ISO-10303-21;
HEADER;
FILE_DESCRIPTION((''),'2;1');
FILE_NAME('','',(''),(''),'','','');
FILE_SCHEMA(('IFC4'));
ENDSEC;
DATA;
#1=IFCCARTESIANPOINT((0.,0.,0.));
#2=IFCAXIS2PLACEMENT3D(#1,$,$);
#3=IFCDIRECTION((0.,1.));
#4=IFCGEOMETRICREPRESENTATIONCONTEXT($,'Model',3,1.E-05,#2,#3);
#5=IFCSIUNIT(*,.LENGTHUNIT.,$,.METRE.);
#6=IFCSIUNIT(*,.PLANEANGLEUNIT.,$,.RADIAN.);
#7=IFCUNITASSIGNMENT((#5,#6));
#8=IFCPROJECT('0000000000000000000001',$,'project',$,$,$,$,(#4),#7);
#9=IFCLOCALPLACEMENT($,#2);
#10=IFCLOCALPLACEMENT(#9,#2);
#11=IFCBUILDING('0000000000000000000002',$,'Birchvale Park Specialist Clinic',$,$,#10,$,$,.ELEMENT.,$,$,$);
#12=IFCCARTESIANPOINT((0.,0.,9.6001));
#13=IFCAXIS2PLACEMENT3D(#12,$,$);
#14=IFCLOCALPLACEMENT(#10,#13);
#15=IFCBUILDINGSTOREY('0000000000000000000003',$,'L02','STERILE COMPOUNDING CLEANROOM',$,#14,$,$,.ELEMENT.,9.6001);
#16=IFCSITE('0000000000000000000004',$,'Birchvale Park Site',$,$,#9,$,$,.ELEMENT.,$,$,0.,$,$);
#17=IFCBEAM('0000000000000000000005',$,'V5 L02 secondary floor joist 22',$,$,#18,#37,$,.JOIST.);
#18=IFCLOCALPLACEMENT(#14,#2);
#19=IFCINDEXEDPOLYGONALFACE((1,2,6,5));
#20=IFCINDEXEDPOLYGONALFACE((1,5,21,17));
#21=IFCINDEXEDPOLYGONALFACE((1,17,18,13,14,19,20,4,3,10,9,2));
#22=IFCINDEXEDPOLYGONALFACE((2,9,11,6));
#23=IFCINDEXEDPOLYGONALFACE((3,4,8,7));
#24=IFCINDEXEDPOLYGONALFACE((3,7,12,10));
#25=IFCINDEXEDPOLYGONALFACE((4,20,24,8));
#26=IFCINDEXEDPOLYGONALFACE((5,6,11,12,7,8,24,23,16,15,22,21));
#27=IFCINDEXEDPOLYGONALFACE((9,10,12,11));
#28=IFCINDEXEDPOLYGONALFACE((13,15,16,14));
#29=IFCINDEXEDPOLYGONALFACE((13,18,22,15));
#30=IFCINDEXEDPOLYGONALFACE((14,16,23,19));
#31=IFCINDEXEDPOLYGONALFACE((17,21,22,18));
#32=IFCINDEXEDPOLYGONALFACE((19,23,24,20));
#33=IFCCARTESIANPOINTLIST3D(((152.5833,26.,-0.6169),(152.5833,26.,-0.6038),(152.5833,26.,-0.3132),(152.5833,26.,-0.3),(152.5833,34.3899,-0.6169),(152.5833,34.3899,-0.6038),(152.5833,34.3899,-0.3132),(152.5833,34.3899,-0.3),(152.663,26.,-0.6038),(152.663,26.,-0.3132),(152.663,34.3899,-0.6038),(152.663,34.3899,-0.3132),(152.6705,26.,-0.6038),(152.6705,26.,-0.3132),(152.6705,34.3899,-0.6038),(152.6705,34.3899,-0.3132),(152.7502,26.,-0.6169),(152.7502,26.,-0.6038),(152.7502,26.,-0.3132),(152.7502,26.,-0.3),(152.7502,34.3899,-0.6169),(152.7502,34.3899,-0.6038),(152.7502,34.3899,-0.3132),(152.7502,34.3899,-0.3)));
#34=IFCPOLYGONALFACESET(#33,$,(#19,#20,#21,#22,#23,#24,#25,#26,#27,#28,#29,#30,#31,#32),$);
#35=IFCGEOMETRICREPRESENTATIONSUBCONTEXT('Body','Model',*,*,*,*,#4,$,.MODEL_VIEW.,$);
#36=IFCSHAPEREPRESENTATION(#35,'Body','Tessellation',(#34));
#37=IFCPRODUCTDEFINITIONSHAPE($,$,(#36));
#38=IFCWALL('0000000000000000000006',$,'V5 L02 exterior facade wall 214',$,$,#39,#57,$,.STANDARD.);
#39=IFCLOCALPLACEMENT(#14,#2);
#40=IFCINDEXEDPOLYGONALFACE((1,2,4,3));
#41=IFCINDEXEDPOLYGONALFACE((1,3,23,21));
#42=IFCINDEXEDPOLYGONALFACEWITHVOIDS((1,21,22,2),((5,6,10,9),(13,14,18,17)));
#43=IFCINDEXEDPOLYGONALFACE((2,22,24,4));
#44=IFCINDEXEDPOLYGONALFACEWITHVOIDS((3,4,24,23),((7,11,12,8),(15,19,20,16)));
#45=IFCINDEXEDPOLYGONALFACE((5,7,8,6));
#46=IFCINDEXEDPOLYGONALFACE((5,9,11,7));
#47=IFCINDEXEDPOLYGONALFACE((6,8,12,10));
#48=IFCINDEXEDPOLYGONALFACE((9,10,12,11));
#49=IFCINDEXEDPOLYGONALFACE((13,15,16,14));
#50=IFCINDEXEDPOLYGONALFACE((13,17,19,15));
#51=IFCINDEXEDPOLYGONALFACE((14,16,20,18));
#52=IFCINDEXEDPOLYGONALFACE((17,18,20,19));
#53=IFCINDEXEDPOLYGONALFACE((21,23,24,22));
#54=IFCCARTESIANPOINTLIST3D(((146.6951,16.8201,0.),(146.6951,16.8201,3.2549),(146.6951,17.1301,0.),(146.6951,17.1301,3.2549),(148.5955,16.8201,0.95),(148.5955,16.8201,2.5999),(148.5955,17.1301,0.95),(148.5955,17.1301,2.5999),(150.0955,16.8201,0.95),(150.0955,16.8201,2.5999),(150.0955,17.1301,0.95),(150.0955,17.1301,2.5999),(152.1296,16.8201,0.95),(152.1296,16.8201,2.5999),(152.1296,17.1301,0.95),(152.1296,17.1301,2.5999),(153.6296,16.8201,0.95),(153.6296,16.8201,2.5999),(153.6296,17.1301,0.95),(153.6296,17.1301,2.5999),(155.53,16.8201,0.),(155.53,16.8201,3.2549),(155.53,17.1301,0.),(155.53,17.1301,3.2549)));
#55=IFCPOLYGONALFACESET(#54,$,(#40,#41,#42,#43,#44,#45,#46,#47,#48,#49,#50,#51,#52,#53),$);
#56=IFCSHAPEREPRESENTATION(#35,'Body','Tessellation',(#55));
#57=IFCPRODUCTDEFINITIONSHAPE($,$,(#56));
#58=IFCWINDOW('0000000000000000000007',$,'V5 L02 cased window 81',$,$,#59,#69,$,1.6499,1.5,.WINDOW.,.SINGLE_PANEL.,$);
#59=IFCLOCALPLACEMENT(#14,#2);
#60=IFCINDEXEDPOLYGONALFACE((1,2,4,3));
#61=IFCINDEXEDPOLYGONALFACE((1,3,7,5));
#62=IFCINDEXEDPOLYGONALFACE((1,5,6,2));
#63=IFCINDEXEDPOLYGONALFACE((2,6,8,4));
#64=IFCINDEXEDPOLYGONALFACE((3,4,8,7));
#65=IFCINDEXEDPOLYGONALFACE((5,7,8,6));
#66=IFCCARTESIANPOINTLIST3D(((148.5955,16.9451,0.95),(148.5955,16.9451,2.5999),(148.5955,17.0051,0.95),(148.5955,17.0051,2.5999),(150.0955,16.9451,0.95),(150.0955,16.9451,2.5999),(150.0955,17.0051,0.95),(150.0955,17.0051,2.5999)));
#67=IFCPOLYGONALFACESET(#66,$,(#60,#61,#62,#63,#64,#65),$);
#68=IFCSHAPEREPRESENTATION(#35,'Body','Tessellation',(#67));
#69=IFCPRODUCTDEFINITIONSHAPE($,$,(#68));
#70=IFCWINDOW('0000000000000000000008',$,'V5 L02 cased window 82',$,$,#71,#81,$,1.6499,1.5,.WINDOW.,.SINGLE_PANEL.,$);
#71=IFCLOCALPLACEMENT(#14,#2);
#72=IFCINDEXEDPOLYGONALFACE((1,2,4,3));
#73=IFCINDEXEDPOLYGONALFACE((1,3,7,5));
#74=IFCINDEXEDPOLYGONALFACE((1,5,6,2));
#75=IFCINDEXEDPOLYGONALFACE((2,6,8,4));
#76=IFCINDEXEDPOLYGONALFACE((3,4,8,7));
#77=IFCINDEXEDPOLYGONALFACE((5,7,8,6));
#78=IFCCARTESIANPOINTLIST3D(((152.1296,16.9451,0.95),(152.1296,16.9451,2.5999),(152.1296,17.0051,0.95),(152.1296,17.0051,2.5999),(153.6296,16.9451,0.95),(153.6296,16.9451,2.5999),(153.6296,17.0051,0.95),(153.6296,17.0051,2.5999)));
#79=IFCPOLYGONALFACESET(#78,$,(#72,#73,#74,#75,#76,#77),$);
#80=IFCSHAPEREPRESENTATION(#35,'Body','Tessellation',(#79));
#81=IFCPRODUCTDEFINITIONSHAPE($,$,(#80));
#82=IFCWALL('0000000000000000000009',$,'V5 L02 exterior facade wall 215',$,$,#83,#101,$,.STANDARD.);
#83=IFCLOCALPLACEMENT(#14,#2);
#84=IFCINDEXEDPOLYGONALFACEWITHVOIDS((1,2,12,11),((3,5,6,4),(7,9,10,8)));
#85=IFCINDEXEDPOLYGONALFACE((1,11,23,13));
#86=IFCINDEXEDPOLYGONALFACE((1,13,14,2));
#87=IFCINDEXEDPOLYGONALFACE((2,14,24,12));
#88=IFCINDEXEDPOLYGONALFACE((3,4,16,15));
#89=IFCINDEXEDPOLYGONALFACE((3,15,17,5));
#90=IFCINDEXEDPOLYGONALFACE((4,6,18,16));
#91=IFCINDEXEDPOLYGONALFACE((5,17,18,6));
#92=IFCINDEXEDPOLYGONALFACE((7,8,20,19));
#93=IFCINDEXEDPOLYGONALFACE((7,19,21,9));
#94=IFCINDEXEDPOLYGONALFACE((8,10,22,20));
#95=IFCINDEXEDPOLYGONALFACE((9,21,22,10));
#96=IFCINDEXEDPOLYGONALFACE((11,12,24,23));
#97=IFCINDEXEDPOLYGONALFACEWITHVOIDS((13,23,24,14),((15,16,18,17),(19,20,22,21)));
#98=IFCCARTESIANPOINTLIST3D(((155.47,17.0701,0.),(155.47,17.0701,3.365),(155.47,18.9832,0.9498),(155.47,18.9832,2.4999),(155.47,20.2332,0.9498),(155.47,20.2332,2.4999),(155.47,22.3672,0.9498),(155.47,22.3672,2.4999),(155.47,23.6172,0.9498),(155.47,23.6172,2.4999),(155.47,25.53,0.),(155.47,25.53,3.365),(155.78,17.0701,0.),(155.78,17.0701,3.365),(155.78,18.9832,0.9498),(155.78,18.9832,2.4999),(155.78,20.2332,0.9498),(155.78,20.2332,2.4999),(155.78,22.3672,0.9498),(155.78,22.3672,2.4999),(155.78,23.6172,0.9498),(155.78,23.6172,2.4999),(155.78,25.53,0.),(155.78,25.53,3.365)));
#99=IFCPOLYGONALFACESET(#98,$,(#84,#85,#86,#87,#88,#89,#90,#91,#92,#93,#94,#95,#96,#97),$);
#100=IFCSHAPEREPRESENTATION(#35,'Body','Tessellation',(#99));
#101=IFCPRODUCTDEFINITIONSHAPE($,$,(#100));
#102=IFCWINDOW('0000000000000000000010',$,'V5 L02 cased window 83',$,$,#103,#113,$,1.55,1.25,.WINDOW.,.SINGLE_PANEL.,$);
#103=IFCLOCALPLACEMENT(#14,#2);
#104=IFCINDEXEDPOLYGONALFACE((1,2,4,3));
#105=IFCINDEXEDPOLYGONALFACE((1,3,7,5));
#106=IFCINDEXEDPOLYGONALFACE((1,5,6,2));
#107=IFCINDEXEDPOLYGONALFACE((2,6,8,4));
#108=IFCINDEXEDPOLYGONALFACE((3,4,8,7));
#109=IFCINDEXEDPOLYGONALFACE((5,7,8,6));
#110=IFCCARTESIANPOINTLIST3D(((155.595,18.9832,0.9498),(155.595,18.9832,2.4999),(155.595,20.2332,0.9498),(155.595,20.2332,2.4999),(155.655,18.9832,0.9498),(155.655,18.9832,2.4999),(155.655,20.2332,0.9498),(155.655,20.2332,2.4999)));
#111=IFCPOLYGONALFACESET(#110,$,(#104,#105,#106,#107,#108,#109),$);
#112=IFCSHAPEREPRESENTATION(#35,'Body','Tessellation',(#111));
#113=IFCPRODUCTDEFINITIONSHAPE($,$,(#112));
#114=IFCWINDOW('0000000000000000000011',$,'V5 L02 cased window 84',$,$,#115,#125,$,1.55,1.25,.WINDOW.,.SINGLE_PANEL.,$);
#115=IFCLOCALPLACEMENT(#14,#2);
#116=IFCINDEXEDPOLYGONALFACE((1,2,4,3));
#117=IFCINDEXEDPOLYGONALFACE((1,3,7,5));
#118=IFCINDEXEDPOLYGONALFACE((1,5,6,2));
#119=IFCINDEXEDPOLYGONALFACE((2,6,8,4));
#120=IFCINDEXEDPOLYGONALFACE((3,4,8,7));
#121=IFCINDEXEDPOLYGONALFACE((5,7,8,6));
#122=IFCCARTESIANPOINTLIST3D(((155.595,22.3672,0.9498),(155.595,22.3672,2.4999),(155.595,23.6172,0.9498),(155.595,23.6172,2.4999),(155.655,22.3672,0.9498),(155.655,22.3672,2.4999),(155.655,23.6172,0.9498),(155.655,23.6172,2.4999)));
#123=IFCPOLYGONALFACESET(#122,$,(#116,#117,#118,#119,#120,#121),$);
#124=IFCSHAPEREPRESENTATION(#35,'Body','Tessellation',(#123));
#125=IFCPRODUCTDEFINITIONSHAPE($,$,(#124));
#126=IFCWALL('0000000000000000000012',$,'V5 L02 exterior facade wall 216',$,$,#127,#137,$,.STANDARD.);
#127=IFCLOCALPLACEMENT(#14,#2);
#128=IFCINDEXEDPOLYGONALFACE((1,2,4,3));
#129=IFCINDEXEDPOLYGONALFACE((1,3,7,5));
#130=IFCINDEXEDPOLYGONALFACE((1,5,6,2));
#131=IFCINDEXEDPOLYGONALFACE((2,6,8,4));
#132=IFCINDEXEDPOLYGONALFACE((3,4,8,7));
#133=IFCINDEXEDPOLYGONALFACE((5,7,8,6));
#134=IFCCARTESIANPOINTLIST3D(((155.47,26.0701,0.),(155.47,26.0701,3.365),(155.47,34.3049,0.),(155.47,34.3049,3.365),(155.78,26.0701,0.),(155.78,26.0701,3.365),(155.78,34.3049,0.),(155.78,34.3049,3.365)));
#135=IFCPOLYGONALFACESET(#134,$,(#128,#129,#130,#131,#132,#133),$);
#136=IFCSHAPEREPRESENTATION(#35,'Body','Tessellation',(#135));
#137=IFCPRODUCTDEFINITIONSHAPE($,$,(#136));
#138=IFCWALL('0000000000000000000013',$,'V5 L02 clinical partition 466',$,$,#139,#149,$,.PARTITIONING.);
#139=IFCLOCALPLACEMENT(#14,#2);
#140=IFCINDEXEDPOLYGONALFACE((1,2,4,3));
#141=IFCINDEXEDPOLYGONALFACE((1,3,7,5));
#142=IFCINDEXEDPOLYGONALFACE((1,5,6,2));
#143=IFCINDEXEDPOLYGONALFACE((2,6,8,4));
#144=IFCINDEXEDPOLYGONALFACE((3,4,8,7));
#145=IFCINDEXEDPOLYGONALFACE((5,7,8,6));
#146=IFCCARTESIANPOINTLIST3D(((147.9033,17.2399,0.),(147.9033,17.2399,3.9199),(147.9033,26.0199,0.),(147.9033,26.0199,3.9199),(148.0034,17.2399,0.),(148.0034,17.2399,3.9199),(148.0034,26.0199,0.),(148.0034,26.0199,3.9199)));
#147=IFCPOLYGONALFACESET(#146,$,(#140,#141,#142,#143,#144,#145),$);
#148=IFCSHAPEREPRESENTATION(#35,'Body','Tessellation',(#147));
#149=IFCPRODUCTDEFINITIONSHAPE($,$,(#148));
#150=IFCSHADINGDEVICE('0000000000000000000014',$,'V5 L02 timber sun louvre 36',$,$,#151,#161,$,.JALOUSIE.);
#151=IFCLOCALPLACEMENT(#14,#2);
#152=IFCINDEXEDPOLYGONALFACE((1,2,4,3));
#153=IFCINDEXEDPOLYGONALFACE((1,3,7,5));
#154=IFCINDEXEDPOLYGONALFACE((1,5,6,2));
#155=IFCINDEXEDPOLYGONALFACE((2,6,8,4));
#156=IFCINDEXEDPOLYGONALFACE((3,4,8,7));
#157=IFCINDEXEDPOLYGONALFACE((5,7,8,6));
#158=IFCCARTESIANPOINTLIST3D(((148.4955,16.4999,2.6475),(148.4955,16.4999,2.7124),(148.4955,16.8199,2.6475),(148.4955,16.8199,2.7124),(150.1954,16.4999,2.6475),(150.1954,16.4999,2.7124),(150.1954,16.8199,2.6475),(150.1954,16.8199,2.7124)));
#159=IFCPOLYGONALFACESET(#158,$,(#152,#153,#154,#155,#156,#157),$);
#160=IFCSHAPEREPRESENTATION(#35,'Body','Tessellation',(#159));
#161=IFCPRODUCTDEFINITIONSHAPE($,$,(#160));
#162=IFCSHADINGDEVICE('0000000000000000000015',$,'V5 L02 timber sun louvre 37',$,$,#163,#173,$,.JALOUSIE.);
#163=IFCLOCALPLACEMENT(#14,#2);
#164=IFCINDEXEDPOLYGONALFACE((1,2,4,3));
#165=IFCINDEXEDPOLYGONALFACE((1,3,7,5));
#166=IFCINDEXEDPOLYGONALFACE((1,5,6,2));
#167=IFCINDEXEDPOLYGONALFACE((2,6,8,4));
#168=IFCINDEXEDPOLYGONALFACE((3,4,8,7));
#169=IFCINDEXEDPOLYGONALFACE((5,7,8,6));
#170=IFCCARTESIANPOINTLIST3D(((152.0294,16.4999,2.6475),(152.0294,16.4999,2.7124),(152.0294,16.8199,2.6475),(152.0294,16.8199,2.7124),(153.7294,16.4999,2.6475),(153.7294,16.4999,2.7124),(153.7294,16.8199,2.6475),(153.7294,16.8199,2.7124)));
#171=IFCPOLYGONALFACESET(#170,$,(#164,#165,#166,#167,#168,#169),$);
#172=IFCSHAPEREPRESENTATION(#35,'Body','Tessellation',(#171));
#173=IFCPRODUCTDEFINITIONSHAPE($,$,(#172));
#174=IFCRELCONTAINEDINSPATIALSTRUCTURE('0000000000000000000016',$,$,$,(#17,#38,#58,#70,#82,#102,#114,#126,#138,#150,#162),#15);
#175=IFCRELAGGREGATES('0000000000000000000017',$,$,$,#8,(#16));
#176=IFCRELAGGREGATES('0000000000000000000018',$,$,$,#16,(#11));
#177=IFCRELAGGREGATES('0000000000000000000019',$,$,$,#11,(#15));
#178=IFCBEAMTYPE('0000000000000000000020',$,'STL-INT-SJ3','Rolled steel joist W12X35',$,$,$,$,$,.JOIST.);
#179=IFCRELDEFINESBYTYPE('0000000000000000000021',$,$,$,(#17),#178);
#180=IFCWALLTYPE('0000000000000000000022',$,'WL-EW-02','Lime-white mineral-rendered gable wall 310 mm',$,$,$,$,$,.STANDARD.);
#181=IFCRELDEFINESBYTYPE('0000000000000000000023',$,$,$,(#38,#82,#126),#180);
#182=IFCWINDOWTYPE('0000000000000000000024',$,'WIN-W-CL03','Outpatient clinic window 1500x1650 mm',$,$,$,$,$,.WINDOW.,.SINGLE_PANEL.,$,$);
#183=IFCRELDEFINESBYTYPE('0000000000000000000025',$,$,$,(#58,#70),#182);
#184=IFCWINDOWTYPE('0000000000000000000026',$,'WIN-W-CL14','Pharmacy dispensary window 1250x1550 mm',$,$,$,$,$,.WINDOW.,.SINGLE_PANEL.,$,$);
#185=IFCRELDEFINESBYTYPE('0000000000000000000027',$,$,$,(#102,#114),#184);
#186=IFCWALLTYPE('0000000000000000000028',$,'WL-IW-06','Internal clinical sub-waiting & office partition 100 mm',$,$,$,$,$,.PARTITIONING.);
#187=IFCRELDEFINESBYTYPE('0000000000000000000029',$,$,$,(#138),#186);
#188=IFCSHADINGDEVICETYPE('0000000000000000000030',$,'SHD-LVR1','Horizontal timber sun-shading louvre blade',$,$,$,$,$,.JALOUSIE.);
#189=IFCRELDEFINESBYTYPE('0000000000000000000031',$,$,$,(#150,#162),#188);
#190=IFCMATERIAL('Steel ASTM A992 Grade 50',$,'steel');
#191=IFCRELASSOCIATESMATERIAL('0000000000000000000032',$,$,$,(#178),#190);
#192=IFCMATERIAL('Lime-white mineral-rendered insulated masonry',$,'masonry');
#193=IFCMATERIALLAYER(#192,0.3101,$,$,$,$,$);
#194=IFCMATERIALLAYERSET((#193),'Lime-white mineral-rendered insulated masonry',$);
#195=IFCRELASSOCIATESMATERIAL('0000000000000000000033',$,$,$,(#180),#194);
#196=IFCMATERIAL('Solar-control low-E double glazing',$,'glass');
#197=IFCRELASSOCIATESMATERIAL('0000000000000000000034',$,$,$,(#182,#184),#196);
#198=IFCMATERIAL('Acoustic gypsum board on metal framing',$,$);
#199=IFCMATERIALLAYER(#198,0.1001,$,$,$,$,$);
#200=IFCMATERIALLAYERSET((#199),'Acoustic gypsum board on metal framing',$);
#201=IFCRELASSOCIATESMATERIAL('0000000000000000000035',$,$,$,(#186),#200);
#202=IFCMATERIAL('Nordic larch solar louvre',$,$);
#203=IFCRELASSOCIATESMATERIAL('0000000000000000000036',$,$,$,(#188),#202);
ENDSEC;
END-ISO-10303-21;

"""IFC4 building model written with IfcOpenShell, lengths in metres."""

from ifc_helpers import new_model, si_unit, direction, frame, frame_2d, origin, origin_2d, place, context, subcontext, project, spatial, rectangle, i_section, extrude, material, layer, layer_set, material_profile, profile_set, type_object, element, fill, save


model = new_model("IFC4")

# Units and contexts
model_context = context("Model", 3, precision=1e-05, world=origin(), true_north=direction((0.0, 1.0)))
body_context = subcontext(model_context, "Body", "Model", "MODEL_VIEW")
ifc_project = project(units=[si_unit("LENGTHUNIT", "METRE"), si_unit("PLANEANGLEUNIT", "RADIAN")], contexts=[model_context])

# Site, building, storey
site_placement = place(None, origin())
site = spatial("IfcSite", under=ifc_project, at=site_placement, Name="Birchvale Park Site", CompositionType="ELEMENT", RefElevation=0.0)
building_placement = place(site_placement, origin())
building = spatial("IfcBuilding", under=site, at=building_placement, Name="Birchvale Park Specialist Clinic", CompositionType="ELEMENT")
storey_placement = place(building_placement, frame((0.0, 0.0, 9.6001)))
storey = spatial("IfcBuildingStorey", under=building, at=storey_placement, Name="L02", Description="STERILE COMPOUNDING CLEANROOM", CompositionType="ELEMENT", Elevation=9.6001)

# Beam
ifc_material_1 = material(Name="Steel ASTM A992 Grade 50", Category="steel")
ifc_material_profile_1 = material_profile(ifc_material_1, i_section(OverallWidth=0.167, OverallDepth=0.3169, WebThickness=0.0076, FlangeThickness=0.0132, at=origin_2d()), Name="W12X35")
ifc_profile_set_1 = profile_set([ifc_material_profile_1], Name="Steel ASTM A992 Grade 50")
beam_type_1 = type_object("IfcBeamType", Name="STL-INT-SJ3", Description="Rolled steel joist W12X35", PredefinedType="JOIST", material=ifc_profile_set_1)
beam_1_placement = place(storey_placement, frame((152.6667, 26.0, -0.4585), z_axis=(0.0, 1.0, 0.0), x_axis=(-1.0, 0.0, 0.0)))
element("IfcBeam", 1, at=beam_1_placement, inside=storey, type_object=beam_type_1, Name="V5 L02 secondary floor joist 22", PredefinedType="JOIST", context=body_context, shape_type="SweptSolid", body=[
    extrude(i_section(OverallWidth=0.167, OverallDepth=0.3169, WebThickness=0.0076, FlangeThickness=0.0132, at=origin_2d()), origin(), (0.0, 0.0, 1.0), 8.3899),
])

# Walls, openings, windows
ifc_material_2 = material(Name="Lime-white mineral-rendered insulated masonry", Category="masonry")
ifc_layer_1 = layer(ifc_material_2, 0.3101)
ifc_layer_set_1 = layer_set([ifc_layer_1], Name="Lime-white mineral-rendered insulated masonry")
wall_type_1 = type_object("IfcWallType", Name="WL-EW-02", Description="Lime-white mineral-rendered gable wall 310 mm", PredefinedType="STANDARD", material=ifc_layer_set_1)
wall_1_placement = place(storey_placement, frame((146.6951, 16.9751, 0.0), z_axis=(0.0, 0.0, 1.0), x_axis=(1.0, 0.0, 0.0)))
wall_1 = element("IfcWall", 2, at=wall_1_placement, inside=storey, type_object=wall_type_1, Name="V5 L02 exterior facade wall 214", PredefinedType="STANDARD", context=body_context, shape_type="SweptSolid", body=[
    extrude(rectangle(XDim=8.835, YDim=0.3101, at=frame_2d((4.4175, 0.0))), origin(), (0.0, 0.0, 1.0), 3.2549),
])
opening_1_placement = place(wall_1_placement, frame((1.9004, 0.0, 0.95)))
opening_1 = element("IfcOpeningElement", 3, at=opening_1_placement, cuts=wall_1, PredefinedType="OPENING", context=body_context, shape_type="SweptSolid", body=[
    extrude(rectangle(XDim=1.5, YDim=1.6499, at=frame_2d((0.75, 0.825))), frame((0.0, 0.165, 0.0), z_axis=(0.0, -1.0, 0.0), x_axis=(1.0, 0.0, 0.0)), (0.0, 0.0, 1.0), 0.3301),
])
opening_2_placement = place(wall_1_placement, frame((5.4346, 0.0, 0.95)))
opening_2 = element("IfcOpeningElement", 4, at=opening_2_placement, cuts=wall_1, PredefinedType="OPENING", context=body_context, shape_type="SweptSolid", body=[
    extrude(rectangle(XDim=1.5, YDim=1.6499, at=frame_2d((0.75, 0.825))), frame((0.0, 0.165, 0.0), z_axis=(0.0, -1.0, 0.0), x_axis=(1.0, 0.0, 0.0)), (0.0, 0.0, 1.0), 0.3301),
])
ifc_material_3 = material(Name="Solar-control low-E double glazing", Category="glass")
window_type_1 = type_object("IfcWindowType", Name="WIN-W-CL03", Description="Outpatient clinic window 1500x1650 mm", PartitioningType="SINGLE_PANEL", PredefinedType="WINDOW", material=ifc_material_3)
window_1_placement = place(opening_1_placement, origin())
window_1 = element("IfcWindow", 5, at=window_1_placement, inside=storey, type_object=window_type_1, Name="V5 L02 cased window 81", OverallHeight=1.6499, OverallWidth=1.5, PartitioningType="SINGLE_PANEL", PredefinedType="WINDOW", context=body_context, shape_type="SweptSolid", body=[
    extrude(rectangle(XDim=1.5, YDim=1.6499, at=frame_2d((0.75, 0.825))), frame((0.0, 0.03, 0.0), z_axis=(0.0, -1.0, 0.0), x_axis=(1.0, 0.0, 0.0)), (0.0, 0.0, 1.0), 0.0601),
])
fill(opening_1, window_1)
window_2_placement = place(opening_2_placement, origin())
window_2 = element("IfcWindow", 6, at=window_2_placement, inside=storey, type_object=window_type_1, Name="V5 L02 cased window 82", OverallHeight=1.6499, OverallWidth=1.5, PartitioningType="SINGLE_PANEL", PredefinedType="WINDOW", context=body_context, shape_type="SweptSolid", body=[
    extrude(rectangle(XDim=1.5, YDim=1.6499, at=frame_2d((0.75, 0.825))), frame((0.0, 0.03, 0.0), z_axis=(0.0, -1.0, 0.0), x_axis=(1.0, 0.0, 0.0)), (0.0, 0.0, 1.0), 0.0601),
])
fill(opening_2, window_2)
wall_2_placement = place(storey_placement, frame((155.625, 17.0701, 0.0), z_axis=(0.0, 0.0, 1.0), x_axis=(0.0, 1.0, 0.0)))
wall_2 = element("IfcWall", 7, at=wall_2_placement, inside=storey, type_object=wall_type_1, Name="V5 L02 exterior facade wall 215", PredefinedType="STANDARD", context=body_context, shape_type="SweptSolid", body=[
    extrude(rectangle(XDim=8.46, YDim=0.3101, at=frame_2d((4.23, 0.0))), origin(), (0.0, 0.0, 1.0), 3.365),
])
opening_3_placement = place(wall_2_placement, frame((1.9131, 0.0, 0.95)))
opening_3 = element("IfcOpeningElement", 8, at=opening_3_placement, cuts=wall_2, PredefinedType="OPENING", context=body_context, shape_type="SweptSolid", body=[
    extrude(rectangle(XDim=1.25, YDim=1.55, at=frame_2d((0.625, 0.7749))), frame((0.0, 0.165, 0.0), z_axis=(0.0, -1.0, 0.0), x_axis=(1.0, 0.0, 0.0)), (0.0, 0.0, 1.0), 0.3301),
])
opening_4_placement = place(wall_2_placement, frame((5.2971, 0.0, 0.95)))
opening_4 = element("IfcOpeningElement", 9, at=opening_4_placement, cuts=wall_2, PredefinedType="OPENING", context=body_context, shape_type="SweptSolid", body=[
    extrude(rectangle(XDim=1.25, YDim=1.55, at=frame_2d((0.625, 0.7749))), frame((0.0, 0.165, 0.0), z_axis=(0.0, -1.0, 0.0), x_axis=(1.0, 0.0, 0.0)), (0.0, 0.0, 1.0), 0.3301),
])
window_type_2 = type_object("IfcWindowType", Name="WIN-W-CL14", Description="Pharmacy dispensary window 1250x1550 mm", PartitioningType="SINGLE_PANEL", PredefinedType="WINDOW", material=ifc_material_3)
window_3_placement = place(opening_3_placement, origin())
window_3 = element("IfcWindow", 10, at=window_3_placement, inside=storey, type_object=window_type_2, Name="V5 L02 cased window 83", OverallHeight=1.55, OverallWidth=1.25, PartitioningType="SINGLE_PANEL", PredefinedType="WINDOW", context=body_context, shape_type="SweptSolid", body=[
    extrude(rectangle(XDim=1.25, YDim=1.55, at=frame_2d((0.625, 0.7749))), frame((0.0, 0.03, 0.0), z_axis=(0.0, -1.0, 0.0), x_axis=(1.0, 0.0, 0.0)), (0.0, 0.0, 1.0), 0.0601),
])
fill(opening_3, window_3)
window_4_placement = place(opening_4_placement, origin())
window_4 = element("IfcWindow", 11, at=window_4_placement, inside=storey, type_object=window_type_2, Name="V5 L02 cased window 84", OverallHeight=1.55, OverallWidth=1.25, PartitioningType="SINGLE_PANEL", PredefinedType="WINDOW", context=body_context, shape_type="SweptSolid", body=[
    extrude(rectangle(XDim=1.25, YDim=1.55, at=frame_2d((0.625, 0.7749))), frame((0.0, 0.03, 0.0), z_axis=(0.0, -1.0, 0.0), x_axis=(1.0, 0.0, 0.0)), (0.0, 0.0, 1.0), 0.0601),
])
fill(opening_4, window_4)

# Walls
wall_3_placement = place(storey_placement, frame((155.625, 26.0701, 0.0), z_axis=(0.0, 0.0, 1.0), x_axis=(0.0, 1.0, 0.0)))
element("IfcWall", 12, at=wall_3_placement, inside=storey, type_object=wall_type_1, Name="V5 L02 exterior facade wall 216", PredefinedType="STANDARD", context=body_context, shape_type="SweptSolid", body=[
    extrude(rectangle(XDim=8.2349, YDim=0.3101, at=frame_2d((4.1174, 0.0))), origin(), (0.0, 0.0, 1.0), 3.365),
])
ifc_material_4 = material(Name="Acoustic gypsum board on metal framing")
ifc_layer_2 = layer(ifc_material_4, 0.1001)
ifc_layer_set_2 = layer_set([ifc_layer_2], Name="Acoustic gypsum board on metal framing")
wall_type_2 = type_object("IfcWallType", Name="WL-IW-06", Description="Internal clinical sub-waiting & office partition 100 mm", PredefinedType="PARTITIONING", material=ifc_layer_set_2)
wall_4_placement = place(storey_placement, frame((147.9534, 26.02, 0.0), z_axis=(0.0, 0.0, 1.0), x_axis=(0.0, -1.0, 0.0)))
element("IfcWall", 13, at=wall_4_placement, inside=storey, type_object=wall_type_2, Name="V5 L02 clinical partition 466", PredefinedType="PARTITIONING", context=body_context, shape_type="SweptSolid", body=[
    extrude(rectangle(XDim=8.78, YDim=0.1001, at=frame_2d((4.3901, 0.0))), origin(), (0.0, 0.0, 1.0), 3.9199),
])

# Shading devices
ifc_material_5 = material(Name="Nordic larch solar louvre")
shading_device_type = type_object("IfcShadingDeviceType", Name="SHD-LVR1", Description="Horizontal timber sun-shading louvre blade", PredefinedType="JALOUSIE", material=ifc_material_5)
for number, where, z_axis, x_axis, name in (
    (14, (149.3455, 16.6599, 2.6475), (0.0, 0.0, 1.0), (1.0, 0.0, 0.0), "V5 L02 timber sun louvre 36"),
    (15, (152.8794, 16.6599, 2.6475), (0.0, 0.0, 1.0), (1.0, 0.0, 0.0), "V5 L02 timber sun louvre 37"),
):
    element("IfcShadingDevice", number, at=place(storey_placement, frame(where, z_axis=z_axis, x_axis=x_axis)), inside=storey, type_object=shading_device_type, Name=name, PredefinedType="JALOUSIE", context=body_context, shape_type="SweptSolid", body=[
        extrude(rectangle(XDim=1.7, YDim=0.3201, at=origin_2d()), origin(), (0.0, 0.0, 1.0), 0.0649),
    ])

save(model, "model.ifc")
